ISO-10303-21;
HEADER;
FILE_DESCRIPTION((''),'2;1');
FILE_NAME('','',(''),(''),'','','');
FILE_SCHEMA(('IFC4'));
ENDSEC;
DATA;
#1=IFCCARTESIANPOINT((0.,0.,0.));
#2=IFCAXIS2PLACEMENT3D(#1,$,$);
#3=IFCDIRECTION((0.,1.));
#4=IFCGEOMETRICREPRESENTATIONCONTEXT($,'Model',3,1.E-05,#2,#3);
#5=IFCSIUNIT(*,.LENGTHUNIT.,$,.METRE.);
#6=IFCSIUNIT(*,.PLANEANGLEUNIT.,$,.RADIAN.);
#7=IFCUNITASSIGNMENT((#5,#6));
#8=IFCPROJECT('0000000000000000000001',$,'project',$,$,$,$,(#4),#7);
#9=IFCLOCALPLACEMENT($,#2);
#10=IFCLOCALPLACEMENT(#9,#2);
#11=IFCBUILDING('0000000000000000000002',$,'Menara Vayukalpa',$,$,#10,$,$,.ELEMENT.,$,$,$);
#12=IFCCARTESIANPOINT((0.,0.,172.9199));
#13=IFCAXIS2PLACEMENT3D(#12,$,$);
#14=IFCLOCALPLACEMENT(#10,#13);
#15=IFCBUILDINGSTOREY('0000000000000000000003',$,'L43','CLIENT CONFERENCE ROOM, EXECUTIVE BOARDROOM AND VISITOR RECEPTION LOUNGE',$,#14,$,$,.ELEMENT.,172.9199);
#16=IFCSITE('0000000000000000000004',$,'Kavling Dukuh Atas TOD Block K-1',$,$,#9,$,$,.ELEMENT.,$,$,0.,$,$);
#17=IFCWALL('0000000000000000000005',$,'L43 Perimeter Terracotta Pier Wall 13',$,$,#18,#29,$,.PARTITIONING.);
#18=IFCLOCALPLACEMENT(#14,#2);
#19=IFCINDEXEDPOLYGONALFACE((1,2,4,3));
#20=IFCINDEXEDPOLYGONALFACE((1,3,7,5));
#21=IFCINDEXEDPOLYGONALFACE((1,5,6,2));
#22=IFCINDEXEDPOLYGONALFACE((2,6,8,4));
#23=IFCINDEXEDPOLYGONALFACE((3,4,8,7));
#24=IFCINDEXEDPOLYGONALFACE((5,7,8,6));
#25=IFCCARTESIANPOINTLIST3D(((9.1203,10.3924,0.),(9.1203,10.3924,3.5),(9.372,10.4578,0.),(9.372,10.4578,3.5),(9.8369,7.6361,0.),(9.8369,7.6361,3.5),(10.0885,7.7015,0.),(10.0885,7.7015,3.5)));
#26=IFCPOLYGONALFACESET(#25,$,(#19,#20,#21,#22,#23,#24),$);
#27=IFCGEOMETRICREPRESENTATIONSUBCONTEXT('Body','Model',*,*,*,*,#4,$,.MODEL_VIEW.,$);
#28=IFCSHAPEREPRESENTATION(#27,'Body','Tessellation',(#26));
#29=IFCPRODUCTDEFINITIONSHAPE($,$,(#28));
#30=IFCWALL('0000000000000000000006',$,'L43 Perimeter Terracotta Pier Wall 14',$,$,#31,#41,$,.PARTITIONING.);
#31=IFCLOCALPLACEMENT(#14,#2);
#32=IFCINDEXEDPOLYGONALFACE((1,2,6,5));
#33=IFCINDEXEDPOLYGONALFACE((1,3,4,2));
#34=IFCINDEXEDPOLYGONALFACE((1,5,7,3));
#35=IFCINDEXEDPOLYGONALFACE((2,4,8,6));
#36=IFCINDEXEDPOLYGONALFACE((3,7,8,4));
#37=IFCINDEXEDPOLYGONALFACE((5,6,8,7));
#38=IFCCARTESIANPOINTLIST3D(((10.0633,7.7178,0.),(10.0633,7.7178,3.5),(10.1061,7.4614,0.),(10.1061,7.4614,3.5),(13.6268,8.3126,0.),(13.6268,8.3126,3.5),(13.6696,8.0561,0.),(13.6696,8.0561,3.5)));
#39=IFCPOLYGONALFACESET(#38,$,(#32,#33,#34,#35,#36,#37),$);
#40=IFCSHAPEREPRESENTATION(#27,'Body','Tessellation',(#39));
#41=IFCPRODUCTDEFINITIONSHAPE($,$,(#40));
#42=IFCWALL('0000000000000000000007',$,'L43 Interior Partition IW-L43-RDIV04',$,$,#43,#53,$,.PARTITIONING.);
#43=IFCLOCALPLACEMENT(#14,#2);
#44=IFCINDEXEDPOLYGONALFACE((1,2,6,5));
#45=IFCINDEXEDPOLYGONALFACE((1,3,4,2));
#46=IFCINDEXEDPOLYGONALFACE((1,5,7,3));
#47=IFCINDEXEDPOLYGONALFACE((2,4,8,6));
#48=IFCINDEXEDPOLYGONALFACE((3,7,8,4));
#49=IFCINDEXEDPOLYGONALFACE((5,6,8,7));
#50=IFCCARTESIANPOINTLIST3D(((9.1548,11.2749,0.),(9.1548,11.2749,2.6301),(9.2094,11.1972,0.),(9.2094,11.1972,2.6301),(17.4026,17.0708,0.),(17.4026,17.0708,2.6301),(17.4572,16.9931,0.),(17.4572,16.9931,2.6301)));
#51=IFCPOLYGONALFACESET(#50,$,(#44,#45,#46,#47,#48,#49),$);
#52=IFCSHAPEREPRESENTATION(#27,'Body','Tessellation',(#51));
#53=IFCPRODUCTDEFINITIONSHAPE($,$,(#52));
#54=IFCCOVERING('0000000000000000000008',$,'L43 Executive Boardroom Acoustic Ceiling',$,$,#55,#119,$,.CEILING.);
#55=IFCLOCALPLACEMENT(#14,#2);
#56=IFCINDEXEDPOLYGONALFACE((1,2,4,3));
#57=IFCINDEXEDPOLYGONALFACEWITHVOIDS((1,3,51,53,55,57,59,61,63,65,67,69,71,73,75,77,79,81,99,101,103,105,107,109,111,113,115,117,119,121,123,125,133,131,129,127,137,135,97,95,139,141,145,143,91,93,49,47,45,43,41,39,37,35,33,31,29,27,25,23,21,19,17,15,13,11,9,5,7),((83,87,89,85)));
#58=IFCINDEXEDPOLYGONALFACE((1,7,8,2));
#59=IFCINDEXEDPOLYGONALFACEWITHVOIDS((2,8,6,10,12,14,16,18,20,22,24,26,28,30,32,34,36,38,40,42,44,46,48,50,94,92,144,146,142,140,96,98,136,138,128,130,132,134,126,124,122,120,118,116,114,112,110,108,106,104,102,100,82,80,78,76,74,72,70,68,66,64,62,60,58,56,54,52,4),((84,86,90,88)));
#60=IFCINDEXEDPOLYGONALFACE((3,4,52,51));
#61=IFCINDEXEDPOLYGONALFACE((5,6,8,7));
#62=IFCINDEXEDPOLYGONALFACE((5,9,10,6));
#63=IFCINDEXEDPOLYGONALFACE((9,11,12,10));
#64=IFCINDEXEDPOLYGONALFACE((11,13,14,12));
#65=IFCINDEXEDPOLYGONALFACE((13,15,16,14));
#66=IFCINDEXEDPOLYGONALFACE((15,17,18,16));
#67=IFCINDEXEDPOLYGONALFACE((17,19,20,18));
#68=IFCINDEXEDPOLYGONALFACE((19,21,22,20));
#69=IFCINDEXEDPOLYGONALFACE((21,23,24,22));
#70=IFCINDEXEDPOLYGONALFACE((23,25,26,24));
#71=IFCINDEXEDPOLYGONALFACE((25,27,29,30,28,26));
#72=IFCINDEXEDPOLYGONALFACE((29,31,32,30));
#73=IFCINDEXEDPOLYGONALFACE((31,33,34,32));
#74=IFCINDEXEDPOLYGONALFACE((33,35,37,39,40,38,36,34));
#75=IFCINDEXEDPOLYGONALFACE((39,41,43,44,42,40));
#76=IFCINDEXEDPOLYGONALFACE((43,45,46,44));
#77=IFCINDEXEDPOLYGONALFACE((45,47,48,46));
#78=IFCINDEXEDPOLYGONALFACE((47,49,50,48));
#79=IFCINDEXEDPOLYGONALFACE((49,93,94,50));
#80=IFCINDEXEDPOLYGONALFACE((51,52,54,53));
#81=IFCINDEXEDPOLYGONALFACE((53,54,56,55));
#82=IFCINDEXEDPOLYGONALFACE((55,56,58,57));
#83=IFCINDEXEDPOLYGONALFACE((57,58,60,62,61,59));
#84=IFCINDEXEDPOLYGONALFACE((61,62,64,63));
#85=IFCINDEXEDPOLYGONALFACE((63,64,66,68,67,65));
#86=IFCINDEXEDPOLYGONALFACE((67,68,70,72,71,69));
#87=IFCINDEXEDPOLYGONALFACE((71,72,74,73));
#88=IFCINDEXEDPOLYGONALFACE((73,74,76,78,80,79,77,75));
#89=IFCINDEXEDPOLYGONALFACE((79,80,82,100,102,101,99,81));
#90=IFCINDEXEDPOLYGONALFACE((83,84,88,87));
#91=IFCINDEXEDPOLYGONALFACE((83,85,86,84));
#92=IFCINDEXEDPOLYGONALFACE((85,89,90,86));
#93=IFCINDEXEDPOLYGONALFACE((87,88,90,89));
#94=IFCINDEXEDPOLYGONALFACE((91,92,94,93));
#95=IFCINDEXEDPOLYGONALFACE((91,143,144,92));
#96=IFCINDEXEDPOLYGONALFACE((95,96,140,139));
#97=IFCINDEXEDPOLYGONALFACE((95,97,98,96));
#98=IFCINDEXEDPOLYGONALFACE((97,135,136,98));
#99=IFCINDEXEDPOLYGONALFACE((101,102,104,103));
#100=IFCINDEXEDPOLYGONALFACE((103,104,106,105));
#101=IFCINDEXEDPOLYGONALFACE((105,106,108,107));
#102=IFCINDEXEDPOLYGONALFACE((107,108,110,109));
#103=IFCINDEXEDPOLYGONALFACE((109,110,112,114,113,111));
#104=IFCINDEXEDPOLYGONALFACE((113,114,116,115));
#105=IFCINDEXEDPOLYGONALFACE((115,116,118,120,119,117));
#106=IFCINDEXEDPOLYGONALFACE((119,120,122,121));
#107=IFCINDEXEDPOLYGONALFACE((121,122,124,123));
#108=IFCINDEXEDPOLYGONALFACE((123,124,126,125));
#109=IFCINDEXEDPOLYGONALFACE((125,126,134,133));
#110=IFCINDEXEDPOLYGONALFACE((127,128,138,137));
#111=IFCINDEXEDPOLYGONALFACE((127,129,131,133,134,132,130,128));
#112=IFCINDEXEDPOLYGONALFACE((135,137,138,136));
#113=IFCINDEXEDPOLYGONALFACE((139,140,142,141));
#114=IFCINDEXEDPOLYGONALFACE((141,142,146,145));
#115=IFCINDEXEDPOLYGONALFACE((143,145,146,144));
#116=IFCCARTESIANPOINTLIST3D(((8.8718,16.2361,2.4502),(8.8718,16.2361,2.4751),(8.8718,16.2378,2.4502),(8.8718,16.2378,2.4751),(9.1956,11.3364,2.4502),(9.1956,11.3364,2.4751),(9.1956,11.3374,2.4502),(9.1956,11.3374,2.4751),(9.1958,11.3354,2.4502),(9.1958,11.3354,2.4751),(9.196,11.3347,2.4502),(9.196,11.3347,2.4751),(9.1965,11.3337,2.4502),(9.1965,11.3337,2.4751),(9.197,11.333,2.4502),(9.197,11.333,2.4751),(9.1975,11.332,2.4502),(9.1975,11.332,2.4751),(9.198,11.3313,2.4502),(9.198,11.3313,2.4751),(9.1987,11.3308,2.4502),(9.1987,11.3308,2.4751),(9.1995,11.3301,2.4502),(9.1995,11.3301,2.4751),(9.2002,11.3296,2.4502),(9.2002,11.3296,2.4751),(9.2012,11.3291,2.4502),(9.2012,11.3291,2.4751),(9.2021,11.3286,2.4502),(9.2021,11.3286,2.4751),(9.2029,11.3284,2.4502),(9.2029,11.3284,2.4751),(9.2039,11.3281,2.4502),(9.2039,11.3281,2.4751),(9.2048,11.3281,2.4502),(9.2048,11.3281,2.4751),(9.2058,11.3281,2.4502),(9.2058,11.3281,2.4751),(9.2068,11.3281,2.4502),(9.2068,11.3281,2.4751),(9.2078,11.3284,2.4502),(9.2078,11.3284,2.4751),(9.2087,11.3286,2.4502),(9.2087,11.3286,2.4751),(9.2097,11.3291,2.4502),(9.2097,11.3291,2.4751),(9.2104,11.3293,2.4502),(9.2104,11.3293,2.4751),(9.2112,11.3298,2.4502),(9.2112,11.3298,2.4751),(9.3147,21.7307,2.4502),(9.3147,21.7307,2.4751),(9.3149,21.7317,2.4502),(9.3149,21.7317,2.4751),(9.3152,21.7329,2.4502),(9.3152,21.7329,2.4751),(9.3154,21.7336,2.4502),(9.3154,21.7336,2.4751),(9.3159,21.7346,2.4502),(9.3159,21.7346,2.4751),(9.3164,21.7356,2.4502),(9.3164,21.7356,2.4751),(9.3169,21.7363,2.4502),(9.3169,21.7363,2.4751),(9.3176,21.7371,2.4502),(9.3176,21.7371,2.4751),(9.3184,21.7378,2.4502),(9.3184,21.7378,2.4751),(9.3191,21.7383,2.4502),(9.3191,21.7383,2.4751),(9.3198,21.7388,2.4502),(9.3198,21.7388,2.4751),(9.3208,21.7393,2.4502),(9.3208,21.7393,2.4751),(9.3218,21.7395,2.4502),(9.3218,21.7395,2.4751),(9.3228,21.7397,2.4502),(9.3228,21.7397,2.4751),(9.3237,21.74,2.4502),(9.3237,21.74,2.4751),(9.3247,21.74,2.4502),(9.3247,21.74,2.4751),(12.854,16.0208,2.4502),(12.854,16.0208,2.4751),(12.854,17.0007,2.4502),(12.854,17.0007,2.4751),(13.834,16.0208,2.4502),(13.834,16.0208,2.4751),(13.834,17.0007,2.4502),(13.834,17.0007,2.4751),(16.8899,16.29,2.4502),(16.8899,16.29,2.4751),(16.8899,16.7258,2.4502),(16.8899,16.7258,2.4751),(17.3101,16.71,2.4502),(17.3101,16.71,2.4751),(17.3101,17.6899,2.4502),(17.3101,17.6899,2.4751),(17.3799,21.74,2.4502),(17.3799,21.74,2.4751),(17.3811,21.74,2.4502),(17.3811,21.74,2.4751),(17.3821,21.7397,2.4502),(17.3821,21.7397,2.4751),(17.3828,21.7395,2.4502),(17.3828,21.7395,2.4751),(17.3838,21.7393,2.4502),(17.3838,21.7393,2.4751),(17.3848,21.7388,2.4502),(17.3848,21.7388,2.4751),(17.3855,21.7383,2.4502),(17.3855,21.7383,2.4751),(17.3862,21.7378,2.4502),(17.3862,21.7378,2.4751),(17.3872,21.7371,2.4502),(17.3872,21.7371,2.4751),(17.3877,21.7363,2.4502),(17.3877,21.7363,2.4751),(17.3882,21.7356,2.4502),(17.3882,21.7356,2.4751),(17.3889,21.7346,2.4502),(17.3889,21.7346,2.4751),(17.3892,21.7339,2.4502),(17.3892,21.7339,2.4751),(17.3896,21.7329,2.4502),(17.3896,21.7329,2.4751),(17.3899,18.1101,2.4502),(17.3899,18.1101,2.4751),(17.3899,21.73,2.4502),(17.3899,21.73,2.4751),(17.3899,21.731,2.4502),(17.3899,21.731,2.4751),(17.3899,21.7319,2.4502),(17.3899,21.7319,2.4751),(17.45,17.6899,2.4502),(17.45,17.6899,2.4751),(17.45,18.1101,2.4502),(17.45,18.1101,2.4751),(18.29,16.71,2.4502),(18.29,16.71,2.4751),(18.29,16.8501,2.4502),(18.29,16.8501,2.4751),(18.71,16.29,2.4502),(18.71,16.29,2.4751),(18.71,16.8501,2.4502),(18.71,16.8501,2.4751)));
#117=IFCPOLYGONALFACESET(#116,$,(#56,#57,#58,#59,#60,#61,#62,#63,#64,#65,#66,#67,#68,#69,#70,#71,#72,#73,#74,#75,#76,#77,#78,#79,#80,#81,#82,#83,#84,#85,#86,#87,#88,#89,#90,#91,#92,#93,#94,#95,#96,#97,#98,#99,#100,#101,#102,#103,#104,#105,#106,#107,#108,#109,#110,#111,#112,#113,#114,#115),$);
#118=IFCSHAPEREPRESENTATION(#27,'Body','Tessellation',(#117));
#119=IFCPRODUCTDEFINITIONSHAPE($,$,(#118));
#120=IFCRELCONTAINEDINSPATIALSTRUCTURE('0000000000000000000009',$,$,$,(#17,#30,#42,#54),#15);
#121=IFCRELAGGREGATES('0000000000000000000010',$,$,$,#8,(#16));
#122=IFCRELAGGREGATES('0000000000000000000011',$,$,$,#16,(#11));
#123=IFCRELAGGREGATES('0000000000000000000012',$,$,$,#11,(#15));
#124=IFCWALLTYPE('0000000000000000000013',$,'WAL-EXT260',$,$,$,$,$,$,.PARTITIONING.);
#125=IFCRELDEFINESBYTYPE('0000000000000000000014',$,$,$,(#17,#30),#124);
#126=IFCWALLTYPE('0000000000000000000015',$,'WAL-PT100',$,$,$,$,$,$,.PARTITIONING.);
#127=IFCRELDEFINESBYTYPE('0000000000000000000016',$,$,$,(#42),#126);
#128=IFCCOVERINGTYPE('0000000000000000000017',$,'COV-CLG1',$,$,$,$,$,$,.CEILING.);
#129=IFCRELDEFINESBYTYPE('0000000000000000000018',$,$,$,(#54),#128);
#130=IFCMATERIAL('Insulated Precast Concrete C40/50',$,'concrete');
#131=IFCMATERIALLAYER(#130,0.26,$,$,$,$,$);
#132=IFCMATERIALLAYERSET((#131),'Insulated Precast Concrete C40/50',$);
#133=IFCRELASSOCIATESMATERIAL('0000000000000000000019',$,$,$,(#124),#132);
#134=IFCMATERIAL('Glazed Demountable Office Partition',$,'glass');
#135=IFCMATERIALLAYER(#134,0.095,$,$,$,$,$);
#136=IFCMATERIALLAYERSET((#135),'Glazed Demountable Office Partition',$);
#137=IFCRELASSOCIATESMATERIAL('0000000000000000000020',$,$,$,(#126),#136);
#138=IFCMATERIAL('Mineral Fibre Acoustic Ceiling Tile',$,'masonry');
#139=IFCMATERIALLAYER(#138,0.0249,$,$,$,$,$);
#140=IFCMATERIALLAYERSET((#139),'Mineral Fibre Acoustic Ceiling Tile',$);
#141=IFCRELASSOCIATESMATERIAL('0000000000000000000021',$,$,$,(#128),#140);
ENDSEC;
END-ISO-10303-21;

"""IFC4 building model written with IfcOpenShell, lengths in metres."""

from ifc_helpers import new_model, si_unit, direction, frame, frame_2d, origin, place, context, subcontext, project, spatial, polyline, rectangle, outline, extrude, material, layer, layer_set, type_object, element, save


model = new_model("IFC4")

# Units and contexts
model_context = context("Model", 3, precision=1e-05, world=origin(), true_north=direction((0.0, 1.0)))
body_context = subcontext(model_context, "Body", "Model", "MODEL_VIEW")
ifc_project = project(units=[si_unit("LENGTHUNIT", "METRE"), si_unit("PLANEANGLEUNIT", "RADIAN")], contexts=[model_context])

# Site, building, storey
site_placement = place(None, origin())
site = spatial("IfcSite", under=ifc_project, at=site_placement, Name="Kavling Dukuh Atas TOD Block K-1", CompositionType="ELEMENT", RefElevation=0.0)
building_placement = place(site_placement, origin())
building = spatial("IfcBuilding", under=site, at=building_placement, Name="Menara Vayukalpa", CompositionType="ELEMENT")
storey_placement = place(building_placement, frame((0.0, 0.0, 172.9199)))
storey = spatial("IfcBuildingStorey", under=building, at=storey_placement, Name="L43", Description="CLIENT CONFERENCE ROOM, EXECUTIVE BOARDROOM AND VISITOR RECEPTION LOUNGE", CompositionType="ELEMENT", Elevation=172.9199)

# Walls
ifc_material_1 = material(Name="Insulated Precast Concrete C40/50", Category="concrete")
ifc_layer_1 = layer(ifc_material_1, 0.26)
ifc_layer_set_1 = layer_set([ifc_layer_1], Name="Insulated Precast Concrete C40/50")
wall_type_1 = type_object("IfcWallType", Name="WAL-EXT260", PredefinedType="PARTITIONING", material=ifc_layer_set_1)
wall_1_placement = place(storey_placement, frame((9.9626, 7.6689, 0.0), z_axis=(0.0, 0.0, 1.0), x_axis=(-0.251602, 0.967831, 0.0)))
element("IfcWall", 1, at=wall_1_placement, inside=storey, type_object=wall_type_1, Name="L43 Perimeter Terracotta Pier Wall 13", PredefinedType="PARTITIONING", context=body_context, shape_type="SweptSolid", body=[
    extrude(rectangle(XDim=2.8479, YDim=0.26, at=frame_2d((1.4238, 0.0))), origin(), (0.0, 0.0, 1.0), 3.5),
])
wall_2_placement = place(storey_placement, frame((13.6482, 8.1843, 0.0), z_axis=(0.0, 0.0, 1.0), x_axis=(-0.986357, -0.164618, 0.0)))
element("IfcWall", 2, at=wall_2_placement, inside=storey, type_object=wall_type_1, Name="L43 Perimeter Terracotta Pier Wall 14", PredefinedType="PARTITIONING", context=body_context, shape_type="SweptSolid", body=[
    extrude(rectangle(XDim=3.6128, YDim=0.26, at=frame_2d((1.8064, 0.0))), origin(), (0.0, 0.0, 1.0), 3.5),
])
ifc_material_2 = material(Name="Glazed Demountable Office Partition", Category="glass")
ifc_layer_2 = layer(ifc_material_2, 0.095)
ifc_layer_set_2 = layer_set([ifc_layer_2], Name="Glazed Demountable Office Partition")
wall_type_2 = type_object("IfcWallType", Name="WAL-PT100", PredefinedType="PARTITIONING", material=ifc_layer_set_2)
wall_3_placement = place(storey_placement, frame((9.1821, 11.2361, 0.0), z_axis=(0.0, 0.0, 1.0), x_axis=(0.818185, 0.574955, 0.0)))
element("IfcWall", 3, at=wall_3_placement, inside=storey, type_object=wall_type_2, Name="L43 Interior Partition IW-L43-RDIV04", PredefinedType="PARTITIONING", context=body_context, shape_type="SweptSolid", body=[
    extrude(rectangle(XDim=10.0806, YDim=0.095, at=frame_2d((5.0403, 0.0))), origin(), (0.0, 0.0, 1.0), 2.6301),
])

# Covering
ifc_material_3 = material(Name="Mineral Fibre Acoustic Ceiling Tile", Category="masonry")
ifc_layer_3 = layer(ifc_material_3, 0.0249)
ifc_layer_set_3 = layer_set([ifc_layer_3], Name="Mineral Fibre Acoustic Ceiling Tile")
covering_type_1 = type_object("IfcCoveringType", Name="COV-CLG1", PredefinedType="CEILING", material=ifc_layer_set_3)
covering_1_placement = place(storey_placement, frame((0.0, 0.0, 2.4502)))
element("IfcCovering", 4, at=covering_1_placement, inside=storey, type_object=covering_type_1, Name="L43 Executive Boardroom Acoustic Ceiling", PredefinedType="CEILING", context=body_context, shape_type="SweptSolid", body=[
    extrude(outline(polyline([(9.3149, 21.7317), (9.3152, 21.7329), (9.3154, 21.7336), (9.3159, 21.7346), (9.3164, 21.7356), (9.3169, 21.7363), (9.3176, 21.7371), (9.3184, 21.7378), (9.3191, 21.7383), (9.3198, 21.7388), (9.3208, 21.7393), (9.3218, 21.7395), (9.3228, 21.7397), (9.3237, 21.74), (9.3247, 21.74), (17.3799, 21.74), (17.3811, 21.74), (17.3821, 21.7397), (17.3828, 21.7395), (17.3838, 21.7393), (17.3848, 21.7388), (17.3855, 21.7383), (17.3862, 21.7378), (17.3872, 21.7371), (17.3877, 21.7363), (17.3882, 21.7356), (17.3889, 21.7346), (17.3892, 21.7339), (17.3896, 21.7329), (17.3899, 21.7319), (17.3899, 21.731), (17.3899, 21.73), (17.3899, 18.1101), (17.45, 18.1101), (17.45, 17.6899), (17.3101, 17.6899), (17.3101, 16.71), (18.29, 16.71), (18.29, 16.8501), (18.71, 16.8501), (18.71, 16.29), (16.8899, 16.29), (16.8899, 16.7258), (9.2112, 11.3298), (9.2104, 11.3293), (9.2097, 11.3291), (9.2087, 11.3286), (9.2078, 11.3284), (9.2068, 11.3281), (9.2058, 11.3281), (9.2048, 11.3281), (9.2039, 11.3281), (9.2029, 11.3284), (9.2021, 11.3286), (9.2012, 11.3291), (9.2002, 11.3296), (9.1995, 11.3301), (9.1987, 11.3308), (9.198, 11.3313), (9.1975, 11.332), (9.197, 11.333), (9.1965, 11.3337), (9.196, 11.3347), (9.1958, 11.3354), (9.1956, 11.3364), (9.1956, 11.3374), (8.8718, 16.2361), (8.8718, 16.2378), (9.3147, 21.7307), (9.3149, 21.7317)]), holes=[polyline([(13.834, 17.0007), (12.854, 17.0007), (12.854, 16.0208), (13.834, 16.0208), (13.834, 17.0007)])]), origin(), (0.0, 0.0, 1.0), 0.0249),
])

save(model, "model.ifc")
